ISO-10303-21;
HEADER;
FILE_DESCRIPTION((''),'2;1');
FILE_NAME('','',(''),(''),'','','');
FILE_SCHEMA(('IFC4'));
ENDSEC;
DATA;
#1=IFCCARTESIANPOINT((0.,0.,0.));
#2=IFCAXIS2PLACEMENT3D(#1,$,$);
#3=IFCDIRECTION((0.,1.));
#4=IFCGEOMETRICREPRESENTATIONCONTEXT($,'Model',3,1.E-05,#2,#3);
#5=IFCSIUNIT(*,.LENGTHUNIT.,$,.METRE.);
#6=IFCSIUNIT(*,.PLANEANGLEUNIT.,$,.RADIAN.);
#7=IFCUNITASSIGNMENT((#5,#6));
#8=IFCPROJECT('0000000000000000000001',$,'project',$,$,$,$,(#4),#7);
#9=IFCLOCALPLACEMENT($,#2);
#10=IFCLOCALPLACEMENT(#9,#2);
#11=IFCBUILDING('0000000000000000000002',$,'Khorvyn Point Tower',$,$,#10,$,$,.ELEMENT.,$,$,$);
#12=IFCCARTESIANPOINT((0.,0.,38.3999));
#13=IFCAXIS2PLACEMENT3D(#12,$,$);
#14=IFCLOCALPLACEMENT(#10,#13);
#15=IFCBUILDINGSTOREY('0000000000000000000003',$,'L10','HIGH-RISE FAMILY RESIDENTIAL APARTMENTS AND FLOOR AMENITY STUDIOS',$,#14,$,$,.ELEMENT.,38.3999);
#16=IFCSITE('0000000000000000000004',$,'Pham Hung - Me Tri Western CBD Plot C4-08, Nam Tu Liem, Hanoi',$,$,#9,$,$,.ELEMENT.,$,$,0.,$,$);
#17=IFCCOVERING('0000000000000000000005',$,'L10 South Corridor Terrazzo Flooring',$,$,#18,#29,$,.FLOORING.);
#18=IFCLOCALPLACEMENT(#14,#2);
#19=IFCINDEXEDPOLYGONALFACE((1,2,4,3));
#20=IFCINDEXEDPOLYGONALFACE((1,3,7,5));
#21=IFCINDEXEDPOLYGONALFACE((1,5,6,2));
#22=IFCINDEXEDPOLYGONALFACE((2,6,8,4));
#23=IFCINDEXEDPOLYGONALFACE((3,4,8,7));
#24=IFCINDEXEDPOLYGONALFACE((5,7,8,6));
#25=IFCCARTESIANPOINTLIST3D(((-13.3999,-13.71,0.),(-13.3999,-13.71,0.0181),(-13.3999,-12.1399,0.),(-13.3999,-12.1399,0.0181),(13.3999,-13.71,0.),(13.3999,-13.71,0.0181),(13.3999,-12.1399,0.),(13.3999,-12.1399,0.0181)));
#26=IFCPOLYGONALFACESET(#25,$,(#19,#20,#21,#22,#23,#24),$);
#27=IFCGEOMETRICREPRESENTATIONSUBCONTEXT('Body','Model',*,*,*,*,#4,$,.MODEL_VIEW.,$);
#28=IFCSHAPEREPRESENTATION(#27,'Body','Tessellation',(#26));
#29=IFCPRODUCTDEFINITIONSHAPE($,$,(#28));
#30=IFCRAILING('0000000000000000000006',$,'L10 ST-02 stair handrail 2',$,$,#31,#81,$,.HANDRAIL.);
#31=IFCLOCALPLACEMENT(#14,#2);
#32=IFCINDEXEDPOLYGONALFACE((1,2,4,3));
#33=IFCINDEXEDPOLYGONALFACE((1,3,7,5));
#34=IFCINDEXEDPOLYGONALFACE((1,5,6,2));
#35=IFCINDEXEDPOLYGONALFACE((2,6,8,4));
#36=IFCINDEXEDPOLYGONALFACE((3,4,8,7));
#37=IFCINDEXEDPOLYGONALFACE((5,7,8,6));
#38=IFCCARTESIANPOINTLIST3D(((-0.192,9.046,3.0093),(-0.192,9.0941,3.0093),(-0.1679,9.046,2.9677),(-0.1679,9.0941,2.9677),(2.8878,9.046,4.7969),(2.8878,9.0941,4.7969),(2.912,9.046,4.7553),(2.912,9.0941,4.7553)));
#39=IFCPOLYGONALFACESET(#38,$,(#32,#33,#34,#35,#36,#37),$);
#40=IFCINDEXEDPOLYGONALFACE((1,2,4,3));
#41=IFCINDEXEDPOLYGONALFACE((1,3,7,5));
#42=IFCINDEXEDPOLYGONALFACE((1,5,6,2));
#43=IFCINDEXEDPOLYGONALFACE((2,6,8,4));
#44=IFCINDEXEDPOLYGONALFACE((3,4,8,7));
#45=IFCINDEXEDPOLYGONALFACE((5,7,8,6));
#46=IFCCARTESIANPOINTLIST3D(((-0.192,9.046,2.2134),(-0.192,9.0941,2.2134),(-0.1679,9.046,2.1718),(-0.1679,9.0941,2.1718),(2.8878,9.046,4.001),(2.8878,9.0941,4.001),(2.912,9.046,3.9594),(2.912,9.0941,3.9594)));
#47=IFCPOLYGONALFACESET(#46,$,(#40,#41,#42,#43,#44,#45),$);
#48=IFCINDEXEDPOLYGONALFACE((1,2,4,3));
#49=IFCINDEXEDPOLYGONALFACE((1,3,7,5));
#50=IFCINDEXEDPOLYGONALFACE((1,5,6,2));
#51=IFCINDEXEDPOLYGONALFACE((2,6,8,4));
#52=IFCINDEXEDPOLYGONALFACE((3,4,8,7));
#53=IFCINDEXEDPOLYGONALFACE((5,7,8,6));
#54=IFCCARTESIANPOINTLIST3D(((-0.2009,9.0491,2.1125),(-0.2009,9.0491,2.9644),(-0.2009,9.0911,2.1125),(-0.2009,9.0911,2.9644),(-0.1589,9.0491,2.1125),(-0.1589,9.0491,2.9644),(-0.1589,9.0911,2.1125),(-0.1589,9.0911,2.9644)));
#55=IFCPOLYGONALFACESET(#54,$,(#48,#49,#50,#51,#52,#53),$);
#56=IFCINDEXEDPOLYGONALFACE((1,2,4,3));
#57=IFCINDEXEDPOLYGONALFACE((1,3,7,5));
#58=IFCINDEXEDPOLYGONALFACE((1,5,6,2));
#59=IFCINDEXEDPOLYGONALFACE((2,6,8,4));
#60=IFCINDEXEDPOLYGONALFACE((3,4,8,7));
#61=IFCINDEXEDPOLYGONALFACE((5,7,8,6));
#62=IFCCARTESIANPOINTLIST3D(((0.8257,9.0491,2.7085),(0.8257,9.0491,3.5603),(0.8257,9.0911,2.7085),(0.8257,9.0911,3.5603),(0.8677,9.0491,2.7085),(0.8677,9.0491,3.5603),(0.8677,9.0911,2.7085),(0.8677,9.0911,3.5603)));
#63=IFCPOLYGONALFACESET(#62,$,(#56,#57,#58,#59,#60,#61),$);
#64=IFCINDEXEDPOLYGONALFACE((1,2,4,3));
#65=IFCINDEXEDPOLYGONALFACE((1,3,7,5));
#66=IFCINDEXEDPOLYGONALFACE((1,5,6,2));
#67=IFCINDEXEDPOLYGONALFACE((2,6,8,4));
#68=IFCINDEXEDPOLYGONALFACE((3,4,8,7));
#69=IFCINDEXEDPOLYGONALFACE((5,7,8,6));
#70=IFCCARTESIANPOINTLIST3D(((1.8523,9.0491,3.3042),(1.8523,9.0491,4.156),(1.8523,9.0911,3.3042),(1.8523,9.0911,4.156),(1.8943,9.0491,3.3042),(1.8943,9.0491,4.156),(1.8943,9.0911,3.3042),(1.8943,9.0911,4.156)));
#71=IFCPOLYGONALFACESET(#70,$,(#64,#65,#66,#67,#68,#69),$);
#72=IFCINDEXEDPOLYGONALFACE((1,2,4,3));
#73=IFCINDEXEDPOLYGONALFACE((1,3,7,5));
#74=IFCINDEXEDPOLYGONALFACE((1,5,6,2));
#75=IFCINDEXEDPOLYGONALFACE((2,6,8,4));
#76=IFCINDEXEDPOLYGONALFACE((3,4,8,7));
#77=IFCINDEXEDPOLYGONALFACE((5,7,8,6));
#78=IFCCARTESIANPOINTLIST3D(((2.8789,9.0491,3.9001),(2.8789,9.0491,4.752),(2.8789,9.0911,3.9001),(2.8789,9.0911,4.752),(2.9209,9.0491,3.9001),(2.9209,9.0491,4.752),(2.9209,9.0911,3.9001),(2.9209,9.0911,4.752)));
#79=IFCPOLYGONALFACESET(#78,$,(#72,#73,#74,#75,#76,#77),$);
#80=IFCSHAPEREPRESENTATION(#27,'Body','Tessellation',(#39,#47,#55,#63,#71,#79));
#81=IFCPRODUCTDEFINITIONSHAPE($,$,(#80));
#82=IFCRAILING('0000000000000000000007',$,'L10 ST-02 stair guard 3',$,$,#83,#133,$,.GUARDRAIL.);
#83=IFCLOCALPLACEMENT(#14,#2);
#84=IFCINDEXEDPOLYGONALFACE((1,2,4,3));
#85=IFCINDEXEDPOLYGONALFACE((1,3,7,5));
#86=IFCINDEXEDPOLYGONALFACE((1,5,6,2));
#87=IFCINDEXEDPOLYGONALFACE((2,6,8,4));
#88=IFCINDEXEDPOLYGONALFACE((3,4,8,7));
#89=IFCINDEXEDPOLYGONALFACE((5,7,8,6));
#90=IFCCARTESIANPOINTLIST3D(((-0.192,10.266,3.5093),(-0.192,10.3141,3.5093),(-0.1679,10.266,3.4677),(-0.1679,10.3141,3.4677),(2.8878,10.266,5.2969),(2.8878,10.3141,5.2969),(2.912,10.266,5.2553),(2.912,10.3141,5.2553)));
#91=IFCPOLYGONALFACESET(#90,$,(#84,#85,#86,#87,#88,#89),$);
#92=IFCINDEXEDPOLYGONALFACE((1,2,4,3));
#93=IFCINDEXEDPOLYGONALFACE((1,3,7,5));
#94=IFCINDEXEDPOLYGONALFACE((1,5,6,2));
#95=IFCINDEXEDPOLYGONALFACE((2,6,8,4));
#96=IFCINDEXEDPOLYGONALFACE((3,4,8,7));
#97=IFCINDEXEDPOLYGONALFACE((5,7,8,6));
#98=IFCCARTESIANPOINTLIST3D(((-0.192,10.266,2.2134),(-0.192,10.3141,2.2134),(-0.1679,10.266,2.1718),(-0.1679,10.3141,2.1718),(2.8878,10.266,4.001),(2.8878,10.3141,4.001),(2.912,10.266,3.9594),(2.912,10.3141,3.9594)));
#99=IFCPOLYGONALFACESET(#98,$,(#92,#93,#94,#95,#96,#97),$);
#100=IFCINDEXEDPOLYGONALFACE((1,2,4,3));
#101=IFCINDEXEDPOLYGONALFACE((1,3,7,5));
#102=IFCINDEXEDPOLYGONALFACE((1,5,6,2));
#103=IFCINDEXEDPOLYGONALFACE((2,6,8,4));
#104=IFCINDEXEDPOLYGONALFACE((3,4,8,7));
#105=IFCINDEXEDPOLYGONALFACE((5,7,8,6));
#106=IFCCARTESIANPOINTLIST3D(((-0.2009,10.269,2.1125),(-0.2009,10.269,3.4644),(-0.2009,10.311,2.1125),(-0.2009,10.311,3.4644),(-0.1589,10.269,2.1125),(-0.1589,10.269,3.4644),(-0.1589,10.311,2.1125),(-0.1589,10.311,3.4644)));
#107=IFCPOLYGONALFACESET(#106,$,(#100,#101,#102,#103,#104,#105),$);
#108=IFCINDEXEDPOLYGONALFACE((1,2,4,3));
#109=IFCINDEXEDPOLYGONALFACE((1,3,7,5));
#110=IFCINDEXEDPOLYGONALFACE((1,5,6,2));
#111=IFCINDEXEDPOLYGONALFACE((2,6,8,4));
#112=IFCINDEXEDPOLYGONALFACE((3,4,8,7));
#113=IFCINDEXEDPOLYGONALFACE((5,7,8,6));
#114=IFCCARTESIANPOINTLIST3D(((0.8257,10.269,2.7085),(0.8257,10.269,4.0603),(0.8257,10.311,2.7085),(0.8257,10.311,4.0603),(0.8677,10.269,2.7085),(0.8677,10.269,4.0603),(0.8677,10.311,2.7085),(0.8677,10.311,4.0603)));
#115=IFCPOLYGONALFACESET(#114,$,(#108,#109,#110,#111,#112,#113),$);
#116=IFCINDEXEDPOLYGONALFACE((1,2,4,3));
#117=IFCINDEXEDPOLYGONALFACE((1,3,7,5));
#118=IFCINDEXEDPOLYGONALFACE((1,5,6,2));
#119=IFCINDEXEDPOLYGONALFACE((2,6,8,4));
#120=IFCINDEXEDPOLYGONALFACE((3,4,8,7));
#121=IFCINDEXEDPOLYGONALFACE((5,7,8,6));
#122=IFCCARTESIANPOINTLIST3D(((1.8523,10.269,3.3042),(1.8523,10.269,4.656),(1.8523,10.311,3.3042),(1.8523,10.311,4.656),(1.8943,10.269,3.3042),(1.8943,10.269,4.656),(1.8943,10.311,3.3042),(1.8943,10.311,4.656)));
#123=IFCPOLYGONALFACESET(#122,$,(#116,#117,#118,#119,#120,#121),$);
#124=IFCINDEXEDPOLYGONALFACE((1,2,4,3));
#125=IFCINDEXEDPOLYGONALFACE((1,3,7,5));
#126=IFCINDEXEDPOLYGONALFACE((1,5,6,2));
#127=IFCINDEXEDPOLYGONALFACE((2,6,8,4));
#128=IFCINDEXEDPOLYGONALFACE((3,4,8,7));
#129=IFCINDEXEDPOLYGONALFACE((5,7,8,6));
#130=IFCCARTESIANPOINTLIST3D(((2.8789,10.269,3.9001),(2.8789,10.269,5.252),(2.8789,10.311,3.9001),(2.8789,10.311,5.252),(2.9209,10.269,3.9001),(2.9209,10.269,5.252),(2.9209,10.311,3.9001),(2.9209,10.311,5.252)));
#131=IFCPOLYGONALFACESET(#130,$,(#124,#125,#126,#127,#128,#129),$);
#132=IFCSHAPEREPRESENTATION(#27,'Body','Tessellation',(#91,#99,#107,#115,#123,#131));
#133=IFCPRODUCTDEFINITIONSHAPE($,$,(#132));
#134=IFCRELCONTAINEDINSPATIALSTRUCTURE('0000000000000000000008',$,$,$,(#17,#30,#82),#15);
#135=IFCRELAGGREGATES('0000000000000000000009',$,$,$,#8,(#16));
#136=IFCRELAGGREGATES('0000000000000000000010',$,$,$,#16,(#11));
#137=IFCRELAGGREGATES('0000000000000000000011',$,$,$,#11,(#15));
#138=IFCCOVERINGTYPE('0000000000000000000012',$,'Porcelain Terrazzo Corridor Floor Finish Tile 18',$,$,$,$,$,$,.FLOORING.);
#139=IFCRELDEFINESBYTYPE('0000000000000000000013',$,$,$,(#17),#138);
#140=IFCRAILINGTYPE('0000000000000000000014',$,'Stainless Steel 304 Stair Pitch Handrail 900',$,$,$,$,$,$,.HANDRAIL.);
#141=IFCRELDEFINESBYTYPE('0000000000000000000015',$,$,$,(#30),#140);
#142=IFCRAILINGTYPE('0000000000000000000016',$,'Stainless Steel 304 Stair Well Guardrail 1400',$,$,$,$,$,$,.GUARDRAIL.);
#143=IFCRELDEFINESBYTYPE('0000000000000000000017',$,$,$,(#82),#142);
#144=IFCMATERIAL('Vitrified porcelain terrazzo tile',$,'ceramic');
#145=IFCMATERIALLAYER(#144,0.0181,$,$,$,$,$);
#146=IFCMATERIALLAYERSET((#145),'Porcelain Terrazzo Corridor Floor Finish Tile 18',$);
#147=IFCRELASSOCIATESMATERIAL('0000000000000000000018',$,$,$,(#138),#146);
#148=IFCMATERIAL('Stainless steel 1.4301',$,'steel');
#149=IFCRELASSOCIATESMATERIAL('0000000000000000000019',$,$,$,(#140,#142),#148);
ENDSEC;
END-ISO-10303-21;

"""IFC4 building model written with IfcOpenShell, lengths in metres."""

from ifc_helpers import new_model, si_unit, direction, frame, origin, origin_2d, place, context, subcontext, project, spatial, polyline, rectangle, outline, extrude, material, layer, layer_set, type_object, element, save


model = new_model("IFC4")

# Units and contexts
model_context = context("Model", 3, precision=1e-05, world=origin(), true_north=direction((0.0, 1.0)))
body_context = subcontext(model_context, "Body", "Model", "MODEL_VIEW")
ifc_project = project(units=[si_unit("LENGTHUNIT", "METRE"), si_unit("PLANEANGLEUNIT", "RADIAN")], contexts=[model_context])

# Site, building, storey
site_placement = place(None, origin())
site = spatial("IfcSite", under=ifc_project, at=site_placement, Name="Pham Hung - Me Tri Western CBD Plot C4-08, Nam Tu Liem, Hanoi", CompositionType="ELEMENT", RefElevation=0.0)
building_placement = place(site_placement, origin())
building = spatial("IfcBuilding", under=site, at=building_placement, Name="Khorvyn Point Tower", CompositionType="ELEMENT")
storey_placement = place(building_placement, frame((0.0, 0.0, 38.3999)))
storey = spatial("IfcBuildingStorey", under=building, at=storey_placement, Name="L10", Description="HIGH-RISE FAMILY RESIDENTIAL APARTMENTS AND FLOOR AMENITY STUDIOS", CompositionType="ELEMENT", Elevation=38.3999)

# Shared definitions
ifc_material_1 = material(Name="Stainless steel 1.4301", Category="steel")

# Covering
ifc_material_2 = material(Name="Vitrified porcelain terrazzo tile", Category="ceramic")
ifc_layer_1 = layer(ifc_material_2, 0.0181)
ifc_layer_set_1 = layer_set([ifc_layer_1], Name="Porcelain Terrazzo Corridor Floor Finish Tile 18")
covering_type_1 = type_object("IfcCoveringType", Name="Porcelain Terrazzo Corridor Floor Finish Tile 18", PredefinedType="FLOORING", material=ifc_layer_set_1)
covering_1_placement = place(storey_placement, origin())
element("IfcCovering", 1, at=covering_1_placement, inside=storey, type_object=covering_type_1, Name="L10 South Corridor Terrazzo Flooring", PredefinedType="FLOORING", context=body_context, shape_type="SweptSolid", body=[
    extrude(outline(polyline([(-13.3999, -13.71), (13.3999, -13.71), (13.3999, -12.1399), (-13.3999, -12.1399), (-13.3999, -13.71)])), origin(), (0.0, 0.0, 1.0), 0.0181),
])

# Railings
railing_type_1 = type_object("IfcRailingType", Name="Stainless Steel 304 Stair Pitch Handrail 900", PredefinedType="HANDRAIL", material=ifc_material_1)
railing_1_placement = place(storey_placement, frame((-0.1799, 9.0701, 2.1125)))
element("IfcRailing", 2, at=railing_1_placement, inside=storey, type_object=railing_type_1, Name="L10 ST-02 stair handrail 2", PredefinedType="HANDRAIL", context=body_context, shape_type="SweptSolid", body=[
    extrude(rectangle(XDim=0.0481, YDim=0.0481, at=origin_2d()), frame((0.0, 0.0, 0.876), z_axis=(0.864873, 0.0, 0.50199), x_axis=(0.0, 1.0, 0.0)), (0.0, 0.0, 1.0), 3.561),
    extrude(rectangle(XDim=0.0481, YDim=0.0481, at=origin_2d()), frame((0.0, 0.0, 0.0801), z_axis=(0.864873, 0.0, 0.50199), x_axis=(0.0, 1.0, 0.0)), (0.0, 0.0, 1.0), 3.561),
    extrude(rectangle(XDim=0.042, YDim=0.042, at=origin_2d()), origin(), (0.0, 0.0, 1.0), 0.8518),
    extrude(rectangle(XDim=0.042, YDim=0.042, at=origin_2d()), frame((1.0266, 0.0, 0.5959)), (0.0, 0.0, 1.0), 0.8518),
    extrude(rectangle(XDim=0.042, YDim=0.042, at=origin_2d()), frame((2.0532, 0.0, 1.1917)), (0.0, 0.0, 1.0), 0.8518),
    extrude(rectangle(XDim=0.042, YDim=0.042, at=origin_2d()), frame((3.0798, 0.0, 1.7876)), (0.0, 0.0, 1.0), 0.8518),
])
railing_type_2 = type_object("IfcRailingType", Name="Stainless Steel 304 Stair Well Guardrail 1400", PredefinedType="GUARDRAIL", material=ifc_material_1)
railing_2_placement = place(storey_placement, frame((-0.1799, 10.29, 2.1125)))
element("IfcRailing", 3, at=railing_2_placement, inside=storey, type_object=railing_type_2, Name="L10 ST-02 stair guard 3", PredefinedType="GUARDRAIL", context=body_context, shape_type="SweptSolid", body=[
    extrude(rectangle(XDim=0.0481, YDim=0.0481, at=origin_2d()), frame((0.0, 0.0, 1.376), z_axis=(0.864873, 0.0, 0.50199), x_axis=(0.0, 1.0, 0.0)), (0.0, 0.0, 1.0), 3.561),
    extrude(rectangle(XDim=0.0481, YDim=0.0481, at=origin_2d()), frame((0.0, 0.0, 0.0801), z_axis=(0.864873, 0.0, 0.50199), x_axis=(0.0, 1.0, 0.0)), (0.0, 0.0, 1.0), 3.561),
    extrude(rectangle(XDim=0.042, YDim=0.042, at=origin_2d()), origin(), (0.0, 0.0, 1.0), 1.3518),
    extrude(rectangle(XDim=0.042, YDim=0.042, at=origin_2d()), frame((1.0266, 0.0, 0.5959)), (0.0, 0.0, 1.0), 1.3518),
    extrude(rectangle(XDim=0.042, YDim=0.042, at=origin_2d()), frame((2.0532, 0.0, 1.1917)), (0.0, 0.0, 1.0), 1.3518),
    extrude(rectangle(XDim=0.042, YDim=0.042, at=origin_2d()), frame((3.0798, 0.0, 1.7876)), (0.0, 0.0, 1.0), 1.3518),
])

save(model, "model.ifc")
